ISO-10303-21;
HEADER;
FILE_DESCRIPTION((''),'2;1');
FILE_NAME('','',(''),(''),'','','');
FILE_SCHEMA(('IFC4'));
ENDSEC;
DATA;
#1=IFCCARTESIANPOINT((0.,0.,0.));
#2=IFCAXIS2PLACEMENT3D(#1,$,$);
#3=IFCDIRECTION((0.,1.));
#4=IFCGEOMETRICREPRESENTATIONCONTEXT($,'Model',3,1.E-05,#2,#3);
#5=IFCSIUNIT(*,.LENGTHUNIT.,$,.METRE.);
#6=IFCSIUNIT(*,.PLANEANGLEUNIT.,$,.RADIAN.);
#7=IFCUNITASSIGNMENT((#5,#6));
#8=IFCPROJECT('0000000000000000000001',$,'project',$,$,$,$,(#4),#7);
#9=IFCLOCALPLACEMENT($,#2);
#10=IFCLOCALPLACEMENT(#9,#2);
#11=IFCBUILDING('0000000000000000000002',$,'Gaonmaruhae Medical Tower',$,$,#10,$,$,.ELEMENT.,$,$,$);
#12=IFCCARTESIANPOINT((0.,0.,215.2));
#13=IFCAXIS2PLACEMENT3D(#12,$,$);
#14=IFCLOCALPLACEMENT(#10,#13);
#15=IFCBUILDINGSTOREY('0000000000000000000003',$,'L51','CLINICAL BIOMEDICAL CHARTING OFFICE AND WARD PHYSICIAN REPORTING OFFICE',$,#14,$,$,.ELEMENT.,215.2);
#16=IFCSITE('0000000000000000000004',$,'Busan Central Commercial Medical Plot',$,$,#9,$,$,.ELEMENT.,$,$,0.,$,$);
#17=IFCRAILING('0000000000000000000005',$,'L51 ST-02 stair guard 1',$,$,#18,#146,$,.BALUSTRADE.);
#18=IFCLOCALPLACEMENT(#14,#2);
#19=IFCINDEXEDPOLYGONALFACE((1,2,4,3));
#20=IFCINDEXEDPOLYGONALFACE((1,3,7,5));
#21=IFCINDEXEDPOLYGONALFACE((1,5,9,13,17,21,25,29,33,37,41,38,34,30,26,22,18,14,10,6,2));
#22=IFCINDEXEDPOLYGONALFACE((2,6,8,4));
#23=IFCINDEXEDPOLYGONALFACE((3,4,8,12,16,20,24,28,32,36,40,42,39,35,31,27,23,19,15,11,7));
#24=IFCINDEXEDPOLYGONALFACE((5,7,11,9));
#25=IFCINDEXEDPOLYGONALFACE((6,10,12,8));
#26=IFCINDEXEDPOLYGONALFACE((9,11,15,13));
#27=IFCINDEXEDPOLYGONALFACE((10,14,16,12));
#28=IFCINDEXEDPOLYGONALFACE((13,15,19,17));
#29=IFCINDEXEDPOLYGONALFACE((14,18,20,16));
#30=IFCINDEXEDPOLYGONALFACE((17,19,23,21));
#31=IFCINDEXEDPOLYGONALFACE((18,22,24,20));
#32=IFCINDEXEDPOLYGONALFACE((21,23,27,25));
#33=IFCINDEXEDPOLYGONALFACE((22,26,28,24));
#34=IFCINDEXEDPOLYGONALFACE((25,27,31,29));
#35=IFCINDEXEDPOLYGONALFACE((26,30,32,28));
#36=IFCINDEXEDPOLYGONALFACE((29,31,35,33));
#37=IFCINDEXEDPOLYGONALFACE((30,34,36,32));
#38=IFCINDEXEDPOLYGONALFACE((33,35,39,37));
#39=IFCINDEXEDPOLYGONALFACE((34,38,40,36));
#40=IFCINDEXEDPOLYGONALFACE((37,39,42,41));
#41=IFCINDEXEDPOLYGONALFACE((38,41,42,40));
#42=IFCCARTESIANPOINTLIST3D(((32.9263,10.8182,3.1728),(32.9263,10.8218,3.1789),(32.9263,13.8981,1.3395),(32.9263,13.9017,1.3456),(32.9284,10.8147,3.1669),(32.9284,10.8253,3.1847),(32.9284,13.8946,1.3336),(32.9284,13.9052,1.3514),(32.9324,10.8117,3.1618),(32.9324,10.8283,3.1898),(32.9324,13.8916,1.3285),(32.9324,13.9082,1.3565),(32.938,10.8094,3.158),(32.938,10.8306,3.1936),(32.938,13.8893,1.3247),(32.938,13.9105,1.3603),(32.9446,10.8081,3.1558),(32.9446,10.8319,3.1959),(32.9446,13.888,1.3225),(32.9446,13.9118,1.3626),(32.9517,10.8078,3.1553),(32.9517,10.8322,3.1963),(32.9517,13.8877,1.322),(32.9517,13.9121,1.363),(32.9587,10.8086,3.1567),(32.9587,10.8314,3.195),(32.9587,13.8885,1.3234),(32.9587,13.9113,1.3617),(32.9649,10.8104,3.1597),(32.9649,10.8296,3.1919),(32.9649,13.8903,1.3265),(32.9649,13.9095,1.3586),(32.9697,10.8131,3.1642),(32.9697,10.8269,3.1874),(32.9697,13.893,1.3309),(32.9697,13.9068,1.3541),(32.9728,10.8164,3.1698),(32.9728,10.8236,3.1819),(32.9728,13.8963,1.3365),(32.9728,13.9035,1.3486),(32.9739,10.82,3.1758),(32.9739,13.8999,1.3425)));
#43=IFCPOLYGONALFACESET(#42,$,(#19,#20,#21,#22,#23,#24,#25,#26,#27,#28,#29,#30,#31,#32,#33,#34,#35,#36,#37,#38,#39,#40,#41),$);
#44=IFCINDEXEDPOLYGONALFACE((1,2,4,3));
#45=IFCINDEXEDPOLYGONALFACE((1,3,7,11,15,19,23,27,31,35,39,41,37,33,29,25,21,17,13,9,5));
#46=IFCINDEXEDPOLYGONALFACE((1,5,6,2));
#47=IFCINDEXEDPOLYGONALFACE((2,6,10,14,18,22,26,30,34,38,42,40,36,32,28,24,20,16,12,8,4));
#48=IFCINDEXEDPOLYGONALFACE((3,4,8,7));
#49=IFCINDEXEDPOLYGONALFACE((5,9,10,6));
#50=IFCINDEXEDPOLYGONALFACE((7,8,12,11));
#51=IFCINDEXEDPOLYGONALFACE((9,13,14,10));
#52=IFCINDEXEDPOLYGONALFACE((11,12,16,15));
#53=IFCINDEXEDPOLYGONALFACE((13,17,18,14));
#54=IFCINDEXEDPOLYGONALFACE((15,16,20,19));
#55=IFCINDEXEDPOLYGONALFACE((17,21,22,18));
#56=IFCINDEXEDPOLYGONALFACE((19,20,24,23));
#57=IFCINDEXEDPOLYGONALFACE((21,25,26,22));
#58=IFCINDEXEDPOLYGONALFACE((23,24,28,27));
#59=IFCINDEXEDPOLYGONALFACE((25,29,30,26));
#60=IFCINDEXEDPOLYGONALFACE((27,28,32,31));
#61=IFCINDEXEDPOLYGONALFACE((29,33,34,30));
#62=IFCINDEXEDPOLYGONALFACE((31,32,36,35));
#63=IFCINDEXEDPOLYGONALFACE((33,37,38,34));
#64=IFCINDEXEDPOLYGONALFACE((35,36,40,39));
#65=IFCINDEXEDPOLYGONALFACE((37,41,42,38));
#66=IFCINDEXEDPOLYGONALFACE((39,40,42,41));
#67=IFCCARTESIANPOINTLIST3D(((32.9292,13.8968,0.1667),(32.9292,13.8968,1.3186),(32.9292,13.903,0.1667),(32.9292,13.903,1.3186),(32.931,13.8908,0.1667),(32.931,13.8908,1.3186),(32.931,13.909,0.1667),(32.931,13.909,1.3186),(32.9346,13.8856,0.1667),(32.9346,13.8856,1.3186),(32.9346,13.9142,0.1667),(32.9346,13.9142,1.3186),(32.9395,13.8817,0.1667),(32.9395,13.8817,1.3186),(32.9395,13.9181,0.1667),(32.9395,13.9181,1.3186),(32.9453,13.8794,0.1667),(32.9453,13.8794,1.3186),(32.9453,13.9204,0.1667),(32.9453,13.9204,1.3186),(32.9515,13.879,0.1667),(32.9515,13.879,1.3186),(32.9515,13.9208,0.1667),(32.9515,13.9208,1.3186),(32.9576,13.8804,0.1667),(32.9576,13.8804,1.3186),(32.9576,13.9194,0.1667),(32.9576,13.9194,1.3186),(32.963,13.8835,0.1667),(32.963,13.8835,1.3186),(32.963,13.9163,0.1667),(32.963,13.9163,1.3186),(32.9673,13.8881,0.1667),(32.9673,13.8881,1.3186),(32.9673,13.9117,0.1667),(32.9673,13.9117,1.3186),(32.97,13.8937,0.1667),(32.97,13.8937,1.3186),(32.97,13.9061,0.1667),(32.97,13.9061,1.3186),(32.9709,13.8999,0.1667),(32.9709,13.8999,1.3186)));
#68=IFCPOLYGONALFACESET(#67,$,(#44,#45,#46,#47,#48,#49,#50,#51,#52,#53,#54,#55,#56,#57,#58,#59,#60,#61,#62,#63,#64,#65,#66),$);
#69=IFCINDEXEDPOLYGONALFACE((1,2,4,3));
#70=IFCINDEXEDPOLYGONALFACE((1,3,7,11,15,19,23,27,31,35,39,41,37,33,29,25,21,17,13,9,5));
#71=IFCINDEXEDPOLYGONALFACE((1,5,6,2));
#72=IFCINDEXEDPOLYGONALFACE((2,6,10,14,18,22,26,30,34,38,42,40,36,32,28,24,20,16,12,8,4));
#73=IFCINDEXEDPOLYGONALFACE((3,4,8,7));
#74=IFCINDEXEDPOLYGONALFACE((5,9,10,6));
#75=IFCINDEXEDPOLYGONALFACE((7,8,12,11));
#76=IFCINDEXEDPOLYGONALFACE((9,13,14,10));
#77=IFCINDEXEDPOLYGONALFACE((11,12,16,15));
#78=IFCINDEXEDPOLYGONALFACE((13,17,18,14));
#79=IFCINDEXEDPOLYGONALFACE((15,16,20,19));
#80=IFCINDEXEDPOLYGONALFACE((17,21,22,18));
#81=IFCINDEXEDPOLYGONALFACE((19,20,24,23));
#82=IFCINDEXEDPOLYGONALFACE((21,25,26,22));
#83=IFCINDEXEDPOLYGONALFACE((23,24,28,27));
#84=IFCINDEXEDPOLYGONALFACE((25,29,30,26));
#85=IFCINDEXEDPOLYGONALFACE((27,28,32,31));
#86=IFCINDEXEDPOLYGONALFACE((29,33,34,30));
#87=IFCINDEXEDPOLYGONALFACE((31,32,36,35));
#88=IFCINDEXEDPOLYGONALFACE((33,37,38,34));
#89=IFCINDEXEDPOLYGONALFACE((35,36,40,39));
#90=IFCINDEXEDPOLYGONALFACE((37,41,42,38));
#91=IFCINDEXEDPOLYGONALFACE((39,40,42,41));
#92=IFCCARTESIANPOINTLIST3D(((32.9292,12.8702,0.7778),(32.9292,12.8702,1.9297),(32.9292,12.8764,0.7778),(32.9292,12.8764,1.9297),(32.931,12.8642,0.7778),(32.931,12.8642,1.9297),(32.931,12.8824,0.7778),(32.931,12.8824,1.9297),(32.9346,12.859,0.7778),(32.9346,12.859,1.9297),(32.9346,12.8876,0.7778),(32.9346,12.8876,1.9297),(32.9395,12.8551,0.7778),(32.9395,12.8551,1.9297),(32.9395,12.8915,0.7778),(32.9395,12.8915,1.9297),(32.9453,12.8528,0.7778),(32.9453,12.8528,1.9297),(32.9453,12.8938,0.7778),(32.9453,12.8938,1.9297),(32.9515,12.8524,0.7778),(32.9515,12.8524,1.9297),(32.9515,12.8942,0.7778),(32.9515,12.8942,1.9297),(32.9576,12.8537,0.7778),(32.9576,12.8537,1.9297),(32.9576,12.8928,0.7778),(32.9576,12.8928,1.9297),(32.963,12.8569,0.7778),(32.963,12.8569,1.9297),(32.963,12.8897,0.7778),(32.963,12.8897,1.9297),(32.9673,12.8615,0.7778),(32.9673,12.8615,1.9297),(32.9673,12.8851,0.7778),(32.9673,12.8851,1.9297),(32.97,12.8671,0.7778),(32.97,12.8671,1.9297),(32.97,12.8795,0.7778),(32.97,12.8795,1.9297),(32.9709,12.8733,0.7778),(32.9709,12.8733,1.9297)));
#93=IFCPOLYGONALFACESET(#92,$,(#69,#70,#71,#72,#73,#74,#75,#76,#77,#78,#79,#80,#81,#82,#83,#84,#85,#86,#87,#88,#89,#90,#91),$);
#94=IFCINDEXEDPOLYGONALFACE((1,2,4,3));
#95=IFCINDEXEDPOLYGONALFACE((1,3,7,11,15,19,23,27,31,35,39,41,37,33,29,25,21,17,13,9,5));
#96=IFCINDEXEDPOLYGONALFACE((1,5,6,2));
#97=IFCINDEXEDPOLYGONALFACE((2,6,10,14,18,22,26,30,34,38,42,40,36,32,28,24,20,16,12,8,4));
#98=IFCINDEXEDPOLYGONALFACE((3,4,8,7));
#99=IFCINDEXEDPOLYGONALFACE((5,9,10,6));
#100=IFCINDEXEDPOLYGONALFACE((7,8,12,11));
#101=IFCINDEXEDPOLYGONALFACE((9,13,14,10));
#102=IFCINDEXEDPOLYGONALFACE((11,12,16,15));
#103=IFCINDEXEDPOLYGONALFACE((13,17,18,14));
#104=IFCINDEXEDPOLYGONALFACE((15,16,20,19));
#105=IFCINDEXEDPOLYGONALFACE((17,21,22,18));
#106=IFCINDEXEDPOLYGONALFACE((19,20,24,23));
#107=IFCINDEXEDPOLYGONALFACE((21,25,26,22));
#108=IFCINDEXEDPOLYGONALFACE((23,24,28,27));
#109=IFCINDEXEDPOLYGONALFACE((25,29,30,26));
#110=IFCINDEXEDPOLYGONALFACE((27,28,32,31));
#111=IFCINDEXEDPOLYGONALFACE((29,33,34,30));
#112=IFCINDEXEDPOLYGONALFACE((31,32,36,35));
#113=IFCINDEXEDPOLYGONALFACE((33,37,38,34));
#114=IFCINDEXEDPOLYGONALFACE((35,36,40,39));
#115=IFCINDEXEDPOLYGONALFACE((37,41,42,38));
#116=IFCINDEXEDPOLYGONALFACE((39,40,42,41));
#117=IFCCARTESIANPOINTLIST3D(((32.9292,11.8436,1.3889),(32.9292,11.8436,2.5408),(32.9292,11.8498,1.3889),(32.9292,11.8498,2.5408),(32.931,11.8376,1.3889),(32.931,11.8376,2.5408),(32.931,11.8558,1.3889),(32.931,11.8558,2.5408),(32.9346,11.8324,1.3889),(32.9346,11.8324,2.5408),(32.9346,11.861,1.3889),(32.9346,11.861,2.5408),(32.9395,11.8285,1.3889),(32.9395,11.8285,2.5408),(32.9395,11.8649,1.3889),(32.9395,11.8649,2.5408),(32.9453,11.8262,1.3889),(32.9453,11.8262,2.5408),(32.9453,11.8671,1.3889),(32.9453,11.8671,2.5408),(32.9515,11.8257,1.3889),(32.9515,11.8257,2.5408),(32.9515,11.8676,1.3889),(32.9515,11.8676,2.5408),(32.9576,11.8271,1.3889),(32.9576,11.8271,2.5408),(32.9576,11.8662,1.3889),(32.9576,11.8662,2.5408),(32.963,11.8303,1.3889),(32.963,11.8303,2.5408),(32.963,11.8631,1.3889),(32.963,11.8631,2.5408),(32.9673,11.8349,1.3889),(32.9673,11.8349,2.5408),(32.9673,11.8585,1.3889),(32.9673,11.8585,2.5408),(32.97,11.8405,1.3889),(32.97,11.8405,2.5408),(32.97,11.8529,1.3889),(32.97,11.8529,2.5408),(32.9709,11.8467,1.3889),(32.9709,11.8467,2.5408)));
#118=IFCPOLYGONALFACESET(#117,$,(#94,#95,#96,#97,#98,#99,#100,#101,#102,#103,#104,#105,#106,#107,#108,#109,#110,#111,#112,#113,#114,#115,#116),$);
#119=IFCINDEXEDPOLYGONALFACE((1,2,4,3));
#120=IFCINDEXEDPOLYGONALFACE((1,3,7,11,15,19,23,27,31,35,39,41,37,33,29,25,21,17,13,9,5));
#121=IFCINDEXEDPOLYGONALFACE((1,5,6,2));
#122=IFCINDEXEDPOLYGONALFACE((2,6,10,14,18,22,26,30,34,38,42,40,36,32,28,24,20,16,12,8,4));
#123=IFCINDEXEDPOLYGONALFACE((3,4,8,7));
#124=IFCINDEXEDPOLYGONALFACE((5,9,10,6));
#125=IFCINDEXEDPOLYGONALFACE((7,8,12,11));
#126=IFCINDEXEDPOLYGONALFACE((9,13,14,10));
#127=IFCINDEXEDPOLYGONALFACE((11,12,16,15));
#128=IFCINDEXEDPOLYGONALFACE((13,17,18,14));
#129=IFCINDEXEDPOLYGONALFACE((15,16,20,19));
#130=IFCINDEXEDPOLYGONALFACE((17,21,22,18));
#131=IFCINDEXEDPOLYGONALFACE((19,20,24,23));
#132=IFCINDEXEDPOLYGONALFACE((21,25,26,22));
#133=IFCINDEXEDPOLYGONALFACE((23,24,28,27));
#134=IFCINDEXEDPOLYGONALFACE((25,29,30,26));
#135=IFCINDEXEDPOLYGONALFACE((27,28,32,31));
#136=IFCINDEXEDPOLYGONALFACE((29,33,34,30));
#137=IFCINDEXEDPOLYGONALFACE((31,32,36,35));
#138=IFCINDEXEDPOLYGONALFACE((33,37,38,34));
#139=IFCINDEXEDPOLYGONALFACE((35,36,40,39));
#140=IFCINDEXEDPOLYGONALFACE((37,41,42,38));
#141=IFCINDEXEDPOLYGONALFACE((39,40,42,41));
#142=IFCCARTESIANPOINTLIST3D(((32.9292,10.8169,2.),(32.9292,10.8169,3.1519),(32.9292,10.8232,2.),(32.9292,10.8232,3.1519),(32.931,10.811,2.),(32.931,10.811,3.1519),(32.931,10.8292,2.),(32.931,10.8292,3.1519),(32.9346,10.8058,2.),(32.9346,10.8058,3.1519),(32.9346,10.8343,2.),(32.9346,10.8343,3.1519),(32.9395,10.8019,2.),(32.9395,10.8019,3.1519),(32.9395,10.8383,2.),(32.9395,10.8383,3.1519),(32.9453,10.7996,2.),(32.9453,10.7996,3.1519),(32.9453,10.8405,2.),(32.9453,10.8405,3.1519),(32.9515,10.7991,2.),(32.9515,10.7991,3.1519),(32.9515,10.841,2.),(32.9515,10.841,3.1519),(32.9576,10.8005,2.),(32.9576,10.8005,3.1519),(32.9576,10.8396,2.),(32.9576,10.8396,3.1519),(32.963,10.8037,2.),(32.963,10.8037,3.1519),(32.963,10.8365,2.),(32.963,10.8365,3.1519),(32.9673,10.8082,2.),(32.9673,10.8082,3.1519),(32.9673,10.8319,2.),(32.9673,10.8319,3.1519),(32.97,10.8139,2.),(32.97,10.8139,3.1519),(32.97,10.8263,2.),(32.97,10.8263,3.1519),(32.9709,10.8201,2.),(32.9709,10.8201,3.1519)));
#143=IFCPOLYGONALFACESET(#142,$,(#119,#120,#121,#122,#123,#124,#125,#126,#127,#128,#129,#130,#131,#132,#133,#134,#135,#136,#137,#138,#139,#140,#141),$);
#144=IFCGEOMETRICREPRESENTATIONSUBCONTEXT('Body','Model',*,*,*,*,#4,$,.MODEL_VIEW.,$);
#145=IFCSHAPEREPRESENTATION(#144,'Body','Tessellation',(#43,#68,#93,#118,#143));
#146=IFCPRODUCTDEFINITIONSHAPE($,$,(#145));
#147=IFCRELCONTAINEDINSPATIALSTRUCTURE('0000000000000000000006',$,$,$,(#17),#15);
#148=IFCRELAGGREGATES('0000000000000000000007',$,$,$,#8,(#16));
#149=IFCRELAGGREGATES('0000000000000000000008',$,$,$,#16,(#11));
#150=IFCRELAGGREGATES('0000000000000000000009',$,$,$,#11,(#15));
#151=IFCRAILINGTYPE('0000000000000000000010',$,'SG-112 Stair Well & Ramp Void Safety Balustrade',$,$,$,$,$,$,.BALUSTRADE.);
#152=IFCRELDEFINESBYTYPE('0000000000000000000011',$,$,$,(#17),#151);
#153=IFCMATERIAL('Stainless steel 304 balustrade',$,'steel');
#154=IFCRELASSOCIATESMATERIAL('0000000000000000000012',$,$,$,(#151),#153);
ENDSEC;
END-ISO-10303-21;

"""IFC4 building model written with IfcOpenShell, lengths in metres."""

from ifc_helpers import new_model, si_unit, direction, frame, origin, origin_2d, place, context, subcontext, project, spatial, circle, extrude, material, type_object, element, save


model = new_model("IFC4")

# Units and contexts
model_context = context("Model", 3, precision=1e-05, world=origin(), true_north=direction((0.0, 1.0)))
body_context = subcontext(model_context, "Body", "Model", "MODEL_VIEW")
ifc_project = project(units=[si_unit("LENGTHUNIT", "METRE"), si_unit("PLANEANGLEUNIT", "RADIAN")], contexts=[model_context])

# Site, building, storey
site_placement = place(None, origin())
site = spatial("IfcSite", under=ifc_project, at=site_placement, Name="Busan Central Commercial Medical Plot", CompositionType="ELEMENT", RefElevation=0.0)
building_placement = place(site_placement, origin())
building = spatial("IfcBuilding", under=site, at=building_placement, Name="Gaonmaruhae Medical Tower", CompositionType="ELEMENT")
storey_placement = place(building_placement, frame((0.0, 0.0, 215.2)))
storey = spatial("IfcBuildingStorey", under=building, at=storey_placement, Name="L51", Description="CLINICAL BIOMEDICAL CHARTING OFFICE AND WARD PHYSICIAN REPORTING OFFICE", CompositionType="ELEMENT", Elevation=215.2)

# Railing
ifc_material_1 = material(Name="Stainless steel 304 balustrade", Category="steel")
railing_type_1 = type_object("IfcRailingType", Name="SG-112 Stair Well & Ramp Void Safety Balustrade", PredefinedType="BALUSTRADE", material=ifc_material_1)
railing_1_placement = place(storey_placement, frame((32.95, 13.8999, 0.1667)))
element("IfcRailing", 1, at=railing_1_placement, inside=storey, type_object=railing_type_1, Name="L51 ST-02 stair guard 1", PredefinedType="BALUSTRADE", context=body_context, shape_type="SweptSolid", body=[
    extrude(circle(Radius=0.0239, at=origin_2d()), frame((0.0, 0.0, 1.1758), z_axis=(0.0, -0.859291, 0.511487), x_axis=(1.0, 0.0, 0.0)), (0.0, 0.0, 1.0), 3.5842),
    extrude(circle(Radius=0.021, at=origin_2d()), origin(), (0.0, 0.0, 1.0), 1.1519),
    extrude(circle(Radius=0.021, at=origin_2d()), frame((0.0, -1.0266, 0.6111)), (0.0, 0.0, 1.0), 1.1519),
    extrude(circle(Radius=0.021, at=origin_2d()), frame((0.0, -2.0532, 1.2222)), (0.0, 0.0, 1.0), 1.1519),
    extrude(circle(Radius=0.021, at=origin_2d()), frame((0.0, -3.0798, 1.8333)), (0.0, 0.0, 1.0), 1.1519),
])

save(model, "model.ifc")
